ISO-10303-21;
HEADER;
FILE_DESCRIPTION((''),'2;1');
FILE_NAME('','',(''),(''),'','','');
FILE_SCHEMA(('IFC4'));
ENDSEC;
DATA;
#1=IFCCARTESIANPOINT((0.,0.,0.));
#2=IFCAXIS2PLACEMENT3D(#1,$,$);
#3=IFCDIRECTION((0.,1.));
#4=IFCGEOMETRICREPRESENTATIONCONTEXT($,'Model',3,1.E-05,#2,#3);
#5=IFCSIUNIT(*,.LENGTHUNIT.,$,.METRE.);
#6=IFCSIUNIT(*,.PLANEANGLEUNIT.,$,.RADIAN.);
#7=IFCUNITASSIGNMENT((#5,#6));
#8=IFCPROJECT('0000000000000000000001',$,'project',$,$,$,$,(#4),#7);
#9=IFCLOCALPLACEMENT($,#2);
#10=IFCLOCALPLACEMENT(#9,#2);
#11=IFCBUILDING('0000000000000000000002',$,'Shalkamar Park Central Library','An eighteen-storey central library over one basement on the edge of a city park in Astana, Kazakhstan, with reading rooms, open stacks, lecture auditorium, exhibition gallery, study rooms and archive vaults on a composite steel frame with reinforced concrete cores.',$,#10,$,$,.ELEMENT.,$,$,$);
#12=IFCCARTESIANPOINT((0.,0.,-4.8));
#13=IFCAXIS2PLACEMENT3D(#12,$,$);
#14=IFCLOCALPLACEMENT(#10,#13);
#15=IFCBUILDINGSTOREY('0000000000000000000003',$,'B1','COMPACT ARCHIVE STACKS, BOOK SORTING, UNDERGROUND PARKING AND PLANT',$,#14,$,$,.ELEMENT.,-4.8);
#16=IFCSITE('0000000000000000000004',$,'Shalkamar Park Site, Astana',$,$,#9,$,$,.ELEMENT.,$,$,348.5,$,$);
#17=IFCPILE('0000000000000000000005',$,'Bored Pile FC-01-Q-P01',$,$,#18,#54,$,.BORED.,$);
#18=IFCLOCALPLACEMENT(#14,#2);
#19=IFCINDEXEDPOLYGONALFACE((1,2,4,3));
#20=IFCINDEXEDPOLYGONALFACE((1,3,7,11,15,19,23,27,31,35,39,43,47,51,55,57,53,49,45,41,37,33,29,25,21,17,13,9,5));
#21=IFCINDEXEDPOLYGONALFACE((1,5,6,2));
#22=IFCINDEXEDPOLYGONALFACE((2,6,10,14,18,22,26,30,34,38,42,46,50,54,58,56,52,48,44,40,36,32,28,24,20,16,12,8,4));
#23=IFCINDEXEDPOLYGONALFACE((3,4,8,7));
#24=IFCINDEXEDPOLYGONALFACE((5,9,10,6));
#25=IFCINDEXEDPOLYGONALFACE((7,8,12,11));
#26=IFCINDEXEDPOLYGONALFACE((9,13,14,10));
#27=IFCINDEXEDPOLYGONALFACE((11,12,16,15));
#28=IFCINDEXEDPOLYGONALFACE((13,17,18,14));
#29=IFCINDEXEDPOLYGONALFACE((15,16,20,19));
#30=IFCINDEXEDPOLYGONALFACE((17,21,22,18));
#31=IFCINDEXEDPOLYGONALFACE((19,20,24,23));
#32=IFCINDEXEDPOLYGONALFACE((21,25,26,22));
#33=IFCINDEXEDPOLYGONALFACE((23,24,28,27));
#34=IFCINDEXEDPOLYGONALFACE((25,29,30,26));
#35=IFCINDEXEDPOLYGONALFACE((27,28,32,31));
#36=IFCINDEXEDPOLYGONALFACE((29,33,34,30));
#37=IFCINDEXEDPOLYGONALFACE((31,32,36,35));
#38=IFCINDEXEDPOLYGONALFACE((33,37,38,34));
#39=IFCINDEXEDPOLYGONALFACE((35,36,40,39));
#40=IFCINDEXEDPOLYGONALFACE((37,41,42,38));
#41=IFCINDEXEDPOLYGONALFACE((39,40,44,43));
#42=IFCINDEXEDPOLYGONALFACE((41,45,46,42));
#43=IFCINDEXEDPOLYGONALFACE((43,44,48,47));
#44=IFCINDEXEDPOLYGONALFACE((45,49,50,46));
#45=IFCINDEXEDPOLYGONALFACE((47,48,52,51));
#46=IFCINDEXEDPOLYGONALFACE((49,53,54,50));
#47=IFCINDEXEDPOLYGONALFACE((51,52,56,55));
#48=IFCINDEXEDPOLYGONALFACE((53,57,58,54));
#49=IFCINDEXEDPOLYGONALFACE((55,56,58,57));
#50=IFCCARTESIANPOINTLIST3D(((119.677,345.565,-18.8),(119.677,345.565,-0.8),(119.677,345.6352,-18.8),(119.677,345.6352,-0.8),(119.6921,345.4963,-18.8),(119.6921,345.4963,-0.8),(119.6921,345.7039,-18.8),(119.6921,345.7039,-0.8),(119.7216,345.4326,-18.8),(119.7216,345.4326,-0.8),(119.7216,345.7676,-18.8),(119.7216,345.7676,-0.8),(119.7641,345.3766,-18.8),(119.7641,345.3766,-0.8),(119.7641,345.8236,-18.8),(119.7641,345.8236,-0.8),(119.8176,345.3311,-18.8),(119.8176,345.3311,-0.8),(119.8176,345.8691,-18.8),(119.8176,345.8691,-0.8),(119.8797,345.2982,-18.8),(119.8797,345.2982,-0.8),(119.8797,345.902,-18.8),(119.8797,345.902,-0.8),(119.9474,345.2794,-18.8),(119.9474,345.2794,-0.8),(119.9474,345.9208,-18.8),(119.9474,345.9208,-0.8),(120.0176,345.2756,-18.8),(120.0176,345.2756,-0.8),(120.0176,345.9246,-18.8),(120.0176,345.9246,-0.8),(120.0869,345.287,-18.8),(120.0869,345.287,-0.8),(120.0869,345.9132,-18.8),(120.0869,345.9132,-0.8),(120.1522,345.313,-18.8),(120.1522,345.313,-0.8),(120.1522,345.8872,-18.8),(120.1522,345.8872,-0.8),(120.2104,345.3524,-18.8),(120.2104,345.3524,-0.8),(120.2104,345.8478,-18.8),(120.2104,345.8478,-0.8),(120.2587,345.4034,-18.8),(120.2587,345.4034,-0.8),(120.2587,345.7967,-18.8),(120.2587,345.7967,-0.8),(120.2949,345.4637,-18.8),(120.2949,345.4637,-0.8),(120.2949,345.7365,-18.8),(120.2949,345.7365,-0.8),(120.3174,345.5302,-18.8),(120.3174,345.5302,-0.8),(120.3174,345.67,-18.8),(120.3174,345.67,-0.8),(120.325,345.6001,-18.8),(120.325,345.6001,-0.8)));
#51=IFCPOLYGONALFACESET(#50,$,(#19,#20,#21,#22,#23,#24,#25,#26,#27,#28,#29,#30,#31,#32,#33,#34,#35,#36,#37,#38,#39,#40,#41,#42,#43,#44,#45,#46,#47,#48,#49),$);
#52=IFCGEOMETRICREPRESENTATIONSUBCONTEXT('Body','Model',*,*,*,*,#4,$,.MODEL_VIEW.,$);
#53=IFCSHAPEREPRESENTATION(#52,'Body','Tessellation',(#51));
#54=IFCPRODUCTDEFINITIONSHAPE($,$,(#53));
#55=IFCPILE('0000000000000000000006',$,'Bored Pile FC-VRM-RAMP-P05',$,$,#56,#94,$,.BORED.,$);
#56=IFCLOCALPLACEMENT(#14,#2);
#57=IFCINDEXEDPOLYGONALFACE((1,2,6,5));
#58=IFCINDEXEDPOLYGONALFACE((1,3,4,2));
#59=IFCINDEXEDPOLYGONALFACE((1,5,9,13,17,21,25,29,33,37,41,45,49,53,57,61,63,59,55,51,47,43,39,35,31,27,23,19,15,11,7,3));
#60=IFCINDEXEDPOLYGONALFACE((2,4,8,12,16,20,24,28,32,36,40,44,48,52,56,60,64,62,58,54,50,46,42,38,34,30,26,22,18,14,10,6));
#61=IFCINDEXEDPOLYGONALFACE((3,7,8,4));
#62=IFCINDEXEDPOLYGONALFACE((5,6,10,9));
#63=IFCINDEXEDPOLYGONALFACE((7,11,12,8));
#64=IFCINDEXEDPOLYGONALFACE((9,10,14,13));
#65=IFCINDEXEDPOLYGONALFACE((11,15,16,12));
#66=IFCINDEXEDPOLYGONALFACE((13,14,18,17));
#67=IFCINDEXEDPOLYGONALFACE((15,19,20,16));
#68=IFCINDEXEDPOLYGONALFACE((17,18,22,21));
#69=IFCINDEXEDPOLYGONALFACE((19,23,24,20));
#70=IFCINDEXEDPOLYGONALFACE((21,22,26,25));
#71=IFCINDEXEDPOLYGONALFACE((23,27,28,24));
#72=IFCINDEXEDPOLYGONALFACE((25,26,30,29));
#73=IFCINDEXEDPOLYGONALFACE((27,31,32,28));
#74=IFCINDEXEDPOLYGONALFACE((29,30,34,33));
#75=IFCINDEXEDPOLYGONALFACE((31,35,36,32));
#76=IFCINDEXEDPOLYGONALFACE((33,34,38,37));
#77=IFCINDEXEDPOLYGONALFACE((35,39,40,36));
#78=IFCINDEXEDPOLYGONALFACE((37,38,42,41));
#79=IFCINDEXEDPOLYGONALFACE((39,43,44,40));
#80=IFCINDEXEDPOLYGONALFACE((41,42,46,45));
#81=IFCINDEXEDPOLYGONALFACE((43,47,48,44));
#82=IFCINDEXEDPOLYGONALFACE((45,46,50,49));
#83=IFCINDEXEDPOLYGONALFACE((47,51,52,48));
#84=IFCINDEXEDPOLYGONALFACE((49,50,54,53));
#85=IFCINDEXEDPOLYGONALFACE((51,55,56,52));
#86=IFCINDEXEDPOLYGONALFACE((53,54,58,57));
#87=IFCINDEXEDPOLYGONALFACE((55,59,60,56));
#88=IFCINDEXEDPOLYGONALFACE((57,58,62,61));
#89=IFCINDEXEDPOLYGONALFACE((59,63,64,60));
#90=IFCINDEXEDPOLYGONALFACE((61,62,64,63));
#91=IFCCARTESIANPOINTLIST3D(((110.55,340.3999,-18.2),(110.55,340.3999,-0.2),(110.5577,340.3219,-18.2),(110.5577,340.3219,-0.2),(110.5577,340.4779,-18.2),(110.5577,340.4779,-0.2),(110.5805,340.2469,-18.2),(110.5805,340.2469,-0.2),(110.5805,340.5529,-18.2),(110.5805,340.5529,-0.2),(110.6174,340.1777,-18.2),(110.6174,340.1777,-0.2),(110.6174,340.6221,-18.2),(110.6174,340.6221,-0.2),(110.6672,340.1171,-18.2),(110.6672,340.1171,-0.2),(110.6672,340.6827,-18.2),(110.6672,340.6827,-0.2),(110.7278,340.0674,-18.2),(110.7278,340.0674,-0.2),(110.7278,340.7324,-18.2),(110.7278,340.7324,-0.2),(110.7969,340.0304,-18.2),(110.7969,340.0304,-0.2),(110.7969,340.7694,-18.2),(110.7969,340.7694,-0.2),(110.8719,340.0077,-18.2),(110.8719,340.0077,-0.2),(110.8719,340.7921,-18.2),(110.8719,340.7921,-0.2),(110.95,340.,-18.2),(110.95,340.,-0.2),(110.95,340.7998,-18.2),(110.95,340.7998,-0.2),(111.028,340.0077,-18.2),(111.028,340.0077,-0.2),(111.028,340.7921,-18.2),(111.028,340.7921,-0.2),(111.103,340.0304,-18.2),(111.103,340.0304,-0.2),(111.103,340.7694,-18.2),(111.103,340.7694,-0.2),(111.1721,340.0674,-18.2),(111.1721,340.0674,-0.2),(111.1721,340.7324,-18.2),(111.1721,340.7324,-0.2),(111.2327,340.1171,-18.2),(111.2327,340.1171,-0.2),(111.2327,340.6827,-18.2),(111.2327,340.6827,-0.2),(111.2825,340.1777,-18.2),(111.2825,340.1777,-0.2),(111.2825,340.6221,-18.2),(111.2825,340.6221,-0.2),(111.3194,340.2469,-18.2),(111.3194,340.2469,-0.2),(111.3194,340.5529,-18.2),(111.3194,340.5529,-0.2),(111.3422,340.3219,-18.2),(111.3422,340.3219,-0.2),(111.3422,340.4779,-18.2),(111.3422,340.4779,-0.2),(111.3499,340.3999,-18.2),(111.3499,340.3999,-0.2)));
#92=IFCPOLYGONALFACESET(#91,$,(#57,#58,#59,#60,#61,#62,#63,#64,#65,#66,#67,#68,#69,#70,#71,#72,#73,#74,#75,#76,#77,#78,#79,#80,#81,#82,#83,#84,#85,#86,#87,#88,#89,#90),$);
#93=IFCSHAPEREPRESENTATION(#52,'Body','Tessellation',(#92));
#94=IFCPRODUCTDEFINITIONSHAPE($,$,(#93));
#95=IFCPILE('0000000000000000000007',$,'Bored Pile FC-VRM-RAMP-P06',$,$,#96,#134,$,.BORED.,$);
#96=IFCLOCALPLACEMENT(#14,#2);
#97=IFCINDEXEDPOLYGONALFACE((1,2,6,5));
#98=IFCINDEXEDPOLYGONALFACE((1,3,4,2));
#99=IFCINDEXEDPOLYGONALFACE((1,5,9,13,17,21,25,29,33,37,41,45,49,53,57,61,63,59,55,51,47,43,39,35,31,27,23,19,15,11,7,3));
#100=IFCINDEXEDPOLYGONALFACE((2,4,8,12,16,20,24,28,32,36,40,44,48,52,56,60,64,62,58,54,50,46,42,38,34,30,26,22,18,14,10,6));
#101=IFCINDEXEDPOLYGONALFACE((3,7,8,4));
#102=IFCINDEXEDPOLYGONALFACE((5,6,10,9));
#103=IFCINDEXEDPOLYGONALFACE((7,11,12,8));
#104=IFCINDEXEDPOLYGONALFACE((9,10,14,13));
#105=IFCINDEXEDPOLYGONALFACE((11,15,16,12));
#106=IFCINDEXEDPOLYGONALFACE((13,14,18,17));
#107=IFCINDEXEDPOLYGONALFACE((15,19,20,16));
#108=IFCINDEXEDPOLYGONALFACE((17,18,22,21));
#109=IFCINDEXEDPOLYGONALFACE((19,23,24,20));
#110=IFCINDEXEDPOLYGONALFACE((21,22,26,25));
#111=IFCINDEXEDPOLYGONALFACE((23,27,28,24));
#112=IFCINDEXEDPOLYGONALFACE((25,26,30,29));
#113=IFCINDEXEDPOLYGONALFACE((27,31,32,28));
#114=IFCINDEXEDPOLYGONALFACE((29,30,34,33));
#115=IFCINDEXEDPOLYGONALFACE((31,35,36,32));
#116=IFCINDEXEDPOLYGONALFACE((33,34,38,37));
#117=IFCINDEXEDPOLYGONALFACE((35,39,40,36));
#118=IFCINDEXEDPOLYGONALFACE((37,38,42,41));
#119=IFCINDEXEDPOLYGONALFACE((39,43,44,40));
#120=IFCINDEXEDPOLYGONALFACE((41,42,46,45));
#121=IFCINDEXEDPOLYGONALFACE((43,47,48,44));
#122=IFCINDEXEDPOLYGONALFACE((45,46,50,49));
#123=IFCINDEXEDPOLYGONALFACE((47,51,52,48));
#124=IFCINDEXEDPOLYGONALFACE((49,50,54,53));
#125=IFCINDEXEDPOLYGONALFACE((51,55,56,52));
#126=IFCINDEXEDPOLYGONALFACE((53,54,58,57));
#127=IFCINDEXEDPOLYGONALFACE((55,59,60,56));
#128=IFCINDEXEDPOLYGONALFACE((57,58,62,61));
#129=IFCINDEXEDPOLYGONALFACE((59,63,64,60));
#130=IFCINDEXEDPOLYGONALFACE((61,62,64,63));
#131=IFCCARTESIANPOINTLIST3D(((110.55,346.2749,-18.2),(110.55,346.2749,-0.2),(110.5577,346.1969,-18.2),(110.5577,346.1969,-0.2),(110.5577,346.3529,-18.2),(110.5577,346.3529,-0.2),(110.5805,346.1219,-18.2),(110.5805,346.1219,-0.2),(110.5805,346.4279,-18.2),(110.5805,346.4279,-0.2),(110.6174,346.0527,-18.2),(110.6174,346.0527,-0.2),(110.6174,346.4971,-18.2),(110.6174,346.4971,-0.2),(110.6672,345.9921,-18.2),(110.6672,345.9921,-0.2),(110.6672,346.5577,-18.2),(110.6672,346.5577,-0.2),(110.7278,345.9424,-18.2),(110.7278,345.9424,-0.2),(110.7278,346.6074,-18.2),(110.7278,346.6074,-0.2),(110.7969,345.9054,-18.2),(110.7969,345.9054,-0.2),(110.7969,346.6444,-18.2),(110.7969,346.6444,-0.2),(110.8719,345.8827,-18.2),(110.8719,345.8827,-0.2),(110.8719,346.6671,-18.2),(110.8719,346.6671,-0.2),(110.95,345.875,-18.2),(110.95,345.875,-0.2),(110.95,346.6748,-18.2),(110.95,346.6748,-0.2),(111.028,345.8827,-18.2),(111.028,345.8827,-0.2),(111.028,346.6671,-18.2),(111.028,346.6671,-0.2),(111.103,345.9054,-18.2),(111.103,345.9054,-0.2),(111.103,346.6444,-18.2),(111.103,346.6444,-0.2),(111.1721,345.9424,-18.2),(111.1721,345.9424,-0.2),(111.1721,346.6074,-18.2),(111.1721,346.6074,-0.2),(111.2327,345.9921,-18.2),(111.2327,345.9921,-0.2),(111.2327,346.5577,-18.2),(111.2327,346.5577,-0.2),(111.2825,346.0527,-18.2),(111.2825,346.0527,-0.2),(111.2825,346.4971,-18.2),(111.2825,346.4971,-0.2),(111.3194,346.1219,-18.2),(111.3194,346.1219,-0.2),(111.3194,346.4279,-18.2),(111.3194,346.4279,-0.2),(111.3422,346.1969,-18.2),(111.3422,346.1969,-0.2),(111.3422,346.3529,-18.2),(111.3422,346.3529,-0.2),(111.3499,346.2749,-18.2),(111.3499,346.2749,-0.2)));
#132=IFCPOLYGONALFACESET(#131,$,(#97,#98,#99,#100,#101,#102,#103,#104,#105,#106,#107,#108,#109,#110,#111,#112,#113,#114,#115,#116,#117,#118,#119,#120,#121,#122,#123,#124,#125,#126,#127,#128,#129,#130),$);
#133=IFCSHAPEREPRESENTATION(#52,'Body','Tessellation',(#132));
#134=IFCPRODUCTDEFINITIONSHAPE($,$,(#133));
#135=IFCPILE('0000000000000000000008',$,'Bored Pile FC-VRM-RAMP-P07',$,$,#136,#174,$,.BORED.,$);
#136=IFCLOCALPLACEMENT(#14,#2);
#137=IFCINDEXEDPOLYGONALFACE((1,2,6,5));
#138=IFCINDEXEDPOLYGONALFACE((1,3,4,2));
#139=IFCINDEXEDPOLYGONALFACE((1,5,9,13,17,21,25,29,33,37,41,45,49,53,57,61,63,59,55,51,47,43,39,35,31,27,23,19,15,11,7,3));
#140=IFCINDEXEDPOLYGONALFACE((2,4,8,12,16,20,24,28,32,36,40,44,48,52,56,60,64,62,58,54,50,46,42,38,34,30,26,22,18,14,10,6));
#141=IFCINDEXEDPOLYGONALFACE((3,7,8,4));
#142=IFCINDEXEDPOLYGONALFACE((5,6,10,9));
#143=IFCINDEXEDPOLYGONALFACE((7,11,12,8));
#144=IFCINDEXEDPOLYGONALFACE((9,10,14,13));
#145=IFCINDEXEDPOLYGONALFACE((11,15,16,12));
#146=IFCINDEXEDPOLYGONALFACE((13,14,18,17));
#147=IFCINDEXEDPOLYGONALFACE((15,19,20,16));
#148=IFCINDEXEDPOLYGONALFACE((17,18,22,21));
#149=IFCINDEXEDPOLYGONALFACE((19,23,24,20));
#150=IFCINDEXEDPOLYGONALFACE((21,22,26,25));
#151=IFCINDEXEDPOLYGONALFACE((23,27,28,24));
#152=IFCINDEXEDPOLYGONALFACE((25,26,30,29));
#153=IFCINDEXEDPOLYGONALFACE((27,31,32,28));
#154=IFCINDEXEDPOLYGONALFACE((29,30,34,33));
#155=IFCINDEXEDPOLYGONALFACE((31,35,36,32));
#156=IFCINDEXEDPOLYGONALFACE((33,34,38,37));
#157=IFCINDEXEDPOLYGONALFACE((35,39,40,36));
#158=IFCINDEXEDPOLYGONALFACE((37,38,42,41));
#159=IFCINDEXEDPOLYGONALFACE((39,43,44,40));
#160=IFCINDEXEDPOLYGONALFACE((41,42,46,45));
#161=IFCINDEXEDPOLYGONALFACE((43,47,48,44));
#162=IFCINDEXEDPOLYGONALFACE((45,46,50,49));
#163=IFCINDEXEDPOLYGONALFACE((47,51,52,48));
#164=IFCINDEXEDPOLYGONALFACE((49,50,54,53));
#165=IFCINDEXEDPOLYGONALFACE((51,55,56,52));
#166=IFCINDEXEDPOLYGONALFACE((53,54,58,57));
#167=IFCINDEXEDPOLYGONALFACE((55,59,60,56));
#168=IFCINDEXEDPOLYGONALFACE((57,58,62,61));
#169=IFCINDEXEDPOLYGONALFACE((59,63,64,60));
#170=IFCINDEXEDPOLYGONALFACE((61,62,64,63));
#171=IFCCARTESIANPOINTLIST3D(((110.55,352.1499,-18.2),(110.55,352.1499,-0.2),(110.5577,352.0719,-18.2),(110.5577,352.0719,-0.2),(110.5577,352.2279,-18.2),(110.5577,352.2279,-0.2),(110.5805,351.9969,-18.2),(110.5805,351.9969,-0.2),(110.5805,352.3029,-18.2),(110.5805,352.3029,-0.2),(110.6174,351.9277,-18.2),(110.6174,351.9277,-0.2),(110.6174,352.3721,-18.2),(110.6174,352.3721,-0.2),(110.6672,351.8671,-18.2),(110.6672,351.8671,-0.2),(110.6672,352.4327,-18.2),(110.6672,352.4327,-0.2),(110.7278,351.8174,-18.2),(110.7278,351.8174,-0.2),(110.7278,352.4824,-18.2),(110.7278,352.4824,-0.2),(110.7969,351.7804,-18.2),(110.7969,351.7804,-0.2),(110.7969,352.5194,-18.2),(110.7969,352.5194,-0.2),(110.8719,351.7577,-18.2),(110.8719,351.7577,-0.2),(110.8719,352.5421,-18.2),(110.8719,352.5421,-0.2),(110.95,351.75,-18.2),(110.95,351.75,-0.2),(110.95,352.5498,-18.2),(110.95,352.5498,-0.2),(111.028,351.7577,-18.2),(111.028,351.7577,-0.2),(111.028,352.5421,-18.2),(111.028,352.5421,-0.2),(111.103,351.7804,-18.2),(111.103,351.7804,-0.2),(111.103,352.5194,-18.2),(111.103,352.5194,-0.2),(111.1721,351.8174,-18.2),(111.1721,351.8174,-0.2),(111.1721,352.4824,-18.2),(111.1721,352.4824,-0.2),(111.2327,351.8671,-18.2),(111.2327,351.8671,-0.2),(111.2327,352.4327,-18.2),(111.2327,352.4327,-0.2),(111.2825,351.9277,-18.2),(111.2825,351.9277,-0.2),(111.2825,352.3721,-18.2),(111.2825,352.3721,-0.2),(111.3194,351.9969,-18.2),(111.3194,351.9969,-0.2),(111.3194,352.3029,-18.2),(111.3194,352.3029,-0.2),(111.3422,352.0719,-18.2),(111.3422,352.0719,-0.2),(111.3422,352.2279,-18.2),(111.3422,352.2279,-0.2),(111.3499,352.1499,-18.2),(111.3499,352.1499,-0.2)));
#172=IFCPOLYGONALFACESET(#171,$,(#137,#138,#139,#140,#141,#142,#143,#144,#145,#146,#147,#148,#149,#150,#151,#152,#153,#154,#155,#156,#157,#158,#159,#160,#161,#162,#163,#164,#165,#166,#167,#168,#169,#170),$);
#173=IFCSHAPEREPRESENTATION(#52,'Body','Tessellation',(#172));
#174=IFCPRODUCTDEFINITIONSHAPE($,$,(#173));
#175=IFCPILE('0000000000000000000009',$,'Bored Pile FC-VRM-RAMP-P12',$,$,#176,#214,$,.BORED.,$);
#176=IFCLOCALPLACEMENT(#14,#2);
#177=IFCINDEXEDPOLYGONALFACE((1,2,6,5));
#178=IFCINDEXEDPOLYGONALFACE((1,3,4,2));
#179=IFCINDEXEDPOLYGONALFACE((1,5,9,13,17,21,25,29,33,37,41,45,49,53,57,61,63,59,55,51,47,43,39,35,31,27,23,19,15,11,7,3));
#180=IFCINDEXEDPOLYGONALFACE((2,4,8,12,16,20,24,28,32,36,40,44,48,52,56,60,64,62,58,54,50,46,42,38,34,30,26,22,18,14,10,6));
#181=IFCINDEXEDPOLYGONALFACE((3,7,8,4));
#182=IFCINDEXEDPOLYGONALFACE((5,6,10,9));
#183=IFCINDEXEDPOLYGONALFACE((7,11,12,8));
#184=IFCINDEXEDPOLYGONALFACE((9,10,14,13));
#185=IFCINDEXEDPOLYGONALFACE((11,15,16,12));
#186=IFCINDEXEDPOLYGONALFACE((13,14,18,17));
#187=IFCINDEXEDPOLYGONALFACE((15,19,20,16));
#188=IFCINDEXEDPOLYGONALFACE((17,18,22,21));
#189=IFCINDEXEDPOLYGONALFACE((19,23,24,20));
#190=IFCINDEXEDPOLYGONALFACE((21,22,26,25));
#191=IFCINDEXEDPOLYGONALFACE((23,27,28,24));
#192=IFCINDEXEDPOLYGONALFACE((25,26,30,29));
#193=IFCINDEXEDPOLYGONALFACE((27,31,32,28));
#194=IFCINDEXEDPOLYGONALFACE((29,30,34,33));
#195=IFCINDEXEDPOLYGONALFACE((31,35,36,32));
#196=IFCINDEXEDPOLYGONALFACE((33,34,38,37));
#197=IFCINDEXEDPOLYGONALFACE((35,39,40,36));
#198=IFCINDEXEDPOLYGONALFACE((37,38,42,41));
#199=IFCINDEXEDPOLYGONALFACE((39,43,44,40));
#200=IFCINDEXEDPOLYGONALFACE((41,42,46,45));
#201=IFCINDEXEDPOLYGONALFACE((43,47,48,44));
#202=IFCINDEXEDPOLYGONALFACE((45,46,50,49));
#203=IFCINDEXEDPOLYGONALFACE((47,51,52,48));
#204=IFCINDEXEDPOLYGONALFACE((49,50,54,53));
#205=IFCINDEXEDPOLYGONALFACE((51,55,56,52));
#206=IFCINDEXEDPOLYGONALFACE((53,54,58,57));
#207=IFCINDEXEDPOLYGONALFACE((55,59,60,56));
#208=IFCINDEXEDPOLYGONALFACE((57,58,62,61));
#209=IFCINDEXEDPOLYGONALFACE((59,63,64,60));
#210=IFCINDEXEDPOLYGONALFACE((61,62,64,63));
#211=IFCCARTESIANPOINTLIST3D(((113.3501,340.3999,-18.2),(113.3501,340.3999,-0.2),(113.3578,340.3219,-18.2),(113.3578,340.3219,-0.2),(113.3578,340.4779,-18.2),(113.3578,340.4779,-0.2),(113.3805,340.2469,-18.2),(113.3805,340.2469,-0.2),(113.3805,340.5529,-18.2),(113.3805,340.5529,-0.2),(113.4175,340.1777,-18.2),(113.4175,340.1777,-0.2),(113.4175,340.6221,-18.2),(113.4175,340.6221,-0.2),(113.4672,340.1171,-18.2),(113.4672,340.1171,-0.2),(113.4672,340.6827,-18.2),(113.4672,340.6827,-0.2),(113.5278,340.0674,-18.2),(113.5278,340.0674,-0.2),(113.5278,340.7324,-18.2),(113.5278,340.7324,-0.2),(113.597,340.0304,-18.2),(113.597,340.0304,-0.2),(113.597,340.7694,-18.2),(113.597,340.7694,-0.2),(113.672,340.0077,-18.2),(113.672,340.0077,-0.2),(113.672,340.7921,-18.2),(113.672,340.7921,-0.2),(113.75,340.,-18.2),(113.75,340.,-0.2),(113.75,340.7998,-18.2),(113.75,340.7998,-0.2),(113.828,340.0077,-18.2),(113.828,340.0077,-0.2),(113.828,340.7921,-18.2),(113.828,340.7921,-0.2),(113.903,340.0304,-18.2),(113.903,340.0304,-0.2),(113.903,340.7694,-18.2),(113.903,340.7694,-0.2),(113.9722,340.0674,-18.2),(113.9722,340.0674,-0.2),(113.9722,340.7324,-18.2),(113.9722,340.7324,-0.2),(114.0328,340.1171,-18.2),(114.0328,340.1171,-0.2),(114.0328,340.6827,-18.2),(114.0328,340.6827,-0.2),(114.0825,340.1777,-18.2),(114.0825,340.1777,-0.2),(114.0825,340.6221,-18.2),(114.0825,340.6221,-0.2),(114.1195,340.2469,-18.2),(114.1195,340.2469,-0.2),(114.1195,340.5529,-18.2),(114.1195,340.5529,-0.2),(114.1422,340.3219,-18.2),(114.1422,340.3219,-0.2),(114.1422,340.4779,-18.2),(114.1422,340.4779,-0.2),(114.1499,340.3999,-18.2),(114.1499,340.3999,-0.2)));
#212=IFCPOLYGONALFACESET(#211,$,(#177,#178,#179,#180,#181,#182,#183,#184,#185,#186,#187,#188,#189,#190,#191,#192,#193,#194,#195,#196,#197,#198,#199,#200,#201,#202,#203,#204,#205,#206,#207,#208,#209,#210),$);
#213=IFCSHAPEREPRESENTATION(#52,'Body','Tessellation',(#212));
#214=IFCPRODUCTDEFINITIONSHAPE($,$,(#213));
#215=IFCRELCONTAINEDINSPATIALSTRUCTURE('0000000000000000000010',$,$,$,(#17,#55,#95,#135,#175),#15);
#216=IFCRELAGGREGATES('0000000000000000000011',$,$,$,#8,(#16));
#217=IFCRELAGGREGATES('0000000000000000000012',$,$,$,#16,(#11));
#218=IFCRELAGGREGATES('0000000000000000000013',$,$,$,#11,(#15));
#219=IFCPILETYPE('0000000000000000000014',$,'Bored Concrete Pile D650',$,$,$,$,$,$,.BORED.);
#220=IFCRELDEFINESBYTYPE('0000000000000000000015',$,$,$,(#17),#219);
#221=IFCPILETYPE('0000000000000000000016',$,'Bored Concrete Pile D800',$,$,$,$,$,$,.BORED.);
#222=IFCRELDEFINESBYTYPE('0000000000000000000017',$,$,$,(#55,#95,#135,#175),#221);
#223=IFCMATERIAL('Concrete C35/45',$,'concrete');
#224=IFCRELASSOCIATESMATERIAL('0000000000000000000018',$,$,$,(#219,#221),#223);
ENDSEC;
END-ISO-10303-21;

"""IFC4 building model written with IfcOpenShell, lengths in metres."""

from ifc_helpers import new_model, si_unit, direction, frame, origin, origin_2d, place, context, subcontext, project, spatial, circle, extrude, material, material_profile, profile_set, type_object, element, save


model = new_model("IFC4")

# Units and contexts
model_context = context("Model", 3, precision=1e-05, world=origin(), true_north=direction((0.0, 1.0)))
body_context = subcontext(model_context, "Body", "Model", "MODEL_VIEW")
ifc_project = project(units=[si_unit("LENGTHUNIT", "METRE"), si_unit("PLANEANGLEUNIT", "RADIAN")], contexts=[model_context])

# Site, building, storey
site_placement = place(None, origin())
site = spatial("IfcSite", under=ifc_project, at=site_placement, Name="Shalkamar Park Site, Astana", CompositionType="ELEMENT", RefElevation=348.5)
building_placement = place(site_placement, origin())
building = spatial("IfcBuilding", under=site, at=building_placement, Name="Shalkamar Park Central Library", Description="An eighteen-storey central library over one basement on the edge of a city park in Astana, Kazakhstan, with reading rooms, open stacks, lecture auditorium, exhibition gallery, study rooms and archive vaults on a composite steel frame with reinforced concrete cores.", CompositionType="ELEMENT")
storey_placement = place(building_placement, frame((0.0, 0.0, -4.8)))
storey = spatial("IfcBuildingStorey", under=building, at=storey_placement, Name="B1", Description="COMPACT ARCHIVE STACKS, BOOK SORTING, UNDERGROUND PARKING AND PLANT", CompositionType="ELEMENT", Elevation=-4.8)

# Piles
ifc_material_1 = material(Name="Concrete C35/45", Category="concrete")
ifc_material_profile_1 = material_profile(ifc_material_1, circle(Radius=0.325, at=origin_2d()), Name="PILE D650")
ifc_profile_set_1 = profile_set([ifc_material_profile_1], Name="Concrete C35/45")
pile_type_1 = type_object("IfcPileType", Name="Bored Concrete Pile D650", PredefinedType="BORED", material=ifc_profile_set_1)
pile_1_placement = place(storey_placement, frame((120.0, 345.6001, -0.8), z_axis=(0.0, 0.0, -1.0), x_axis=(1.0, 0.0, 0.0)))
element("IfcPile", 1, at=pile_1_placement, inside=storey, type_object=pile_type_1, Name="Bored Pile FC-01-Q-P01", PredefinedType="BORED", context=body_context, shape_type="SweptSolid", body=[
    extrude(circle(Radius=0.325, at=origin_2d()), origin(), (0.0, 0.0, 1.0), 18.0),
])
ifc_material_profile_2 = material_profile(ifc_material_1, circle(Radius=0.3999, at=origin_2d()), Name="PILE D800")
ifc_profile_set_2 = profile_set([ifc_material_profile_2], Name="Concrete C35/45")
pile_type_2 = type_object("IfcPileType", Name="Bored Concrete Pile D800", PredefinedType="BORED", material=ifc_profile_set_2)
for number, where, z_axis, x_axis, name in (
    (2, (110.95, 340.3999, -0.2), (0.0, 0.0, -1.0), (1.0, 0.0, 0.0), "Bored Pile FC-VRM-RAMP-P05"),
    (3, (110.95, 346.2749, -0.2), (0.0, 0.0, -1.0), (1.0, 0.0, 0.0), "Bored Pile FC-VRM-RAMP-P06"),
    (4, (110.95, 352.1499, -0.2), (0.0, 0.0, -1.0), (1.0, 0.0, 0.0), "Bored Pile FC-VRM-RAMP-P07"),
    (5, (113.75, 340.3999, -0.2), (0.0, 0.0, -1.0), (1.0, 0.0, 0.0), "Bored Pile FC-VRM-RAMP-P12"),
):
    element("IfcPile", number, at=place(storey_placement, frame(where, z_axis=z_axis, x_axis=x_axis)), inside=storey, type_object=pile_type_2, Name=name, PredefinedType="BORED", context=body_context, shape_type="SweptSolid", body=[
        extrude(circle(Radius=0.3999, at=origin_2d()), origin(), (0.0, 0.0, 1.0), 18.0),
    ])

save(model, "model.ifc")
